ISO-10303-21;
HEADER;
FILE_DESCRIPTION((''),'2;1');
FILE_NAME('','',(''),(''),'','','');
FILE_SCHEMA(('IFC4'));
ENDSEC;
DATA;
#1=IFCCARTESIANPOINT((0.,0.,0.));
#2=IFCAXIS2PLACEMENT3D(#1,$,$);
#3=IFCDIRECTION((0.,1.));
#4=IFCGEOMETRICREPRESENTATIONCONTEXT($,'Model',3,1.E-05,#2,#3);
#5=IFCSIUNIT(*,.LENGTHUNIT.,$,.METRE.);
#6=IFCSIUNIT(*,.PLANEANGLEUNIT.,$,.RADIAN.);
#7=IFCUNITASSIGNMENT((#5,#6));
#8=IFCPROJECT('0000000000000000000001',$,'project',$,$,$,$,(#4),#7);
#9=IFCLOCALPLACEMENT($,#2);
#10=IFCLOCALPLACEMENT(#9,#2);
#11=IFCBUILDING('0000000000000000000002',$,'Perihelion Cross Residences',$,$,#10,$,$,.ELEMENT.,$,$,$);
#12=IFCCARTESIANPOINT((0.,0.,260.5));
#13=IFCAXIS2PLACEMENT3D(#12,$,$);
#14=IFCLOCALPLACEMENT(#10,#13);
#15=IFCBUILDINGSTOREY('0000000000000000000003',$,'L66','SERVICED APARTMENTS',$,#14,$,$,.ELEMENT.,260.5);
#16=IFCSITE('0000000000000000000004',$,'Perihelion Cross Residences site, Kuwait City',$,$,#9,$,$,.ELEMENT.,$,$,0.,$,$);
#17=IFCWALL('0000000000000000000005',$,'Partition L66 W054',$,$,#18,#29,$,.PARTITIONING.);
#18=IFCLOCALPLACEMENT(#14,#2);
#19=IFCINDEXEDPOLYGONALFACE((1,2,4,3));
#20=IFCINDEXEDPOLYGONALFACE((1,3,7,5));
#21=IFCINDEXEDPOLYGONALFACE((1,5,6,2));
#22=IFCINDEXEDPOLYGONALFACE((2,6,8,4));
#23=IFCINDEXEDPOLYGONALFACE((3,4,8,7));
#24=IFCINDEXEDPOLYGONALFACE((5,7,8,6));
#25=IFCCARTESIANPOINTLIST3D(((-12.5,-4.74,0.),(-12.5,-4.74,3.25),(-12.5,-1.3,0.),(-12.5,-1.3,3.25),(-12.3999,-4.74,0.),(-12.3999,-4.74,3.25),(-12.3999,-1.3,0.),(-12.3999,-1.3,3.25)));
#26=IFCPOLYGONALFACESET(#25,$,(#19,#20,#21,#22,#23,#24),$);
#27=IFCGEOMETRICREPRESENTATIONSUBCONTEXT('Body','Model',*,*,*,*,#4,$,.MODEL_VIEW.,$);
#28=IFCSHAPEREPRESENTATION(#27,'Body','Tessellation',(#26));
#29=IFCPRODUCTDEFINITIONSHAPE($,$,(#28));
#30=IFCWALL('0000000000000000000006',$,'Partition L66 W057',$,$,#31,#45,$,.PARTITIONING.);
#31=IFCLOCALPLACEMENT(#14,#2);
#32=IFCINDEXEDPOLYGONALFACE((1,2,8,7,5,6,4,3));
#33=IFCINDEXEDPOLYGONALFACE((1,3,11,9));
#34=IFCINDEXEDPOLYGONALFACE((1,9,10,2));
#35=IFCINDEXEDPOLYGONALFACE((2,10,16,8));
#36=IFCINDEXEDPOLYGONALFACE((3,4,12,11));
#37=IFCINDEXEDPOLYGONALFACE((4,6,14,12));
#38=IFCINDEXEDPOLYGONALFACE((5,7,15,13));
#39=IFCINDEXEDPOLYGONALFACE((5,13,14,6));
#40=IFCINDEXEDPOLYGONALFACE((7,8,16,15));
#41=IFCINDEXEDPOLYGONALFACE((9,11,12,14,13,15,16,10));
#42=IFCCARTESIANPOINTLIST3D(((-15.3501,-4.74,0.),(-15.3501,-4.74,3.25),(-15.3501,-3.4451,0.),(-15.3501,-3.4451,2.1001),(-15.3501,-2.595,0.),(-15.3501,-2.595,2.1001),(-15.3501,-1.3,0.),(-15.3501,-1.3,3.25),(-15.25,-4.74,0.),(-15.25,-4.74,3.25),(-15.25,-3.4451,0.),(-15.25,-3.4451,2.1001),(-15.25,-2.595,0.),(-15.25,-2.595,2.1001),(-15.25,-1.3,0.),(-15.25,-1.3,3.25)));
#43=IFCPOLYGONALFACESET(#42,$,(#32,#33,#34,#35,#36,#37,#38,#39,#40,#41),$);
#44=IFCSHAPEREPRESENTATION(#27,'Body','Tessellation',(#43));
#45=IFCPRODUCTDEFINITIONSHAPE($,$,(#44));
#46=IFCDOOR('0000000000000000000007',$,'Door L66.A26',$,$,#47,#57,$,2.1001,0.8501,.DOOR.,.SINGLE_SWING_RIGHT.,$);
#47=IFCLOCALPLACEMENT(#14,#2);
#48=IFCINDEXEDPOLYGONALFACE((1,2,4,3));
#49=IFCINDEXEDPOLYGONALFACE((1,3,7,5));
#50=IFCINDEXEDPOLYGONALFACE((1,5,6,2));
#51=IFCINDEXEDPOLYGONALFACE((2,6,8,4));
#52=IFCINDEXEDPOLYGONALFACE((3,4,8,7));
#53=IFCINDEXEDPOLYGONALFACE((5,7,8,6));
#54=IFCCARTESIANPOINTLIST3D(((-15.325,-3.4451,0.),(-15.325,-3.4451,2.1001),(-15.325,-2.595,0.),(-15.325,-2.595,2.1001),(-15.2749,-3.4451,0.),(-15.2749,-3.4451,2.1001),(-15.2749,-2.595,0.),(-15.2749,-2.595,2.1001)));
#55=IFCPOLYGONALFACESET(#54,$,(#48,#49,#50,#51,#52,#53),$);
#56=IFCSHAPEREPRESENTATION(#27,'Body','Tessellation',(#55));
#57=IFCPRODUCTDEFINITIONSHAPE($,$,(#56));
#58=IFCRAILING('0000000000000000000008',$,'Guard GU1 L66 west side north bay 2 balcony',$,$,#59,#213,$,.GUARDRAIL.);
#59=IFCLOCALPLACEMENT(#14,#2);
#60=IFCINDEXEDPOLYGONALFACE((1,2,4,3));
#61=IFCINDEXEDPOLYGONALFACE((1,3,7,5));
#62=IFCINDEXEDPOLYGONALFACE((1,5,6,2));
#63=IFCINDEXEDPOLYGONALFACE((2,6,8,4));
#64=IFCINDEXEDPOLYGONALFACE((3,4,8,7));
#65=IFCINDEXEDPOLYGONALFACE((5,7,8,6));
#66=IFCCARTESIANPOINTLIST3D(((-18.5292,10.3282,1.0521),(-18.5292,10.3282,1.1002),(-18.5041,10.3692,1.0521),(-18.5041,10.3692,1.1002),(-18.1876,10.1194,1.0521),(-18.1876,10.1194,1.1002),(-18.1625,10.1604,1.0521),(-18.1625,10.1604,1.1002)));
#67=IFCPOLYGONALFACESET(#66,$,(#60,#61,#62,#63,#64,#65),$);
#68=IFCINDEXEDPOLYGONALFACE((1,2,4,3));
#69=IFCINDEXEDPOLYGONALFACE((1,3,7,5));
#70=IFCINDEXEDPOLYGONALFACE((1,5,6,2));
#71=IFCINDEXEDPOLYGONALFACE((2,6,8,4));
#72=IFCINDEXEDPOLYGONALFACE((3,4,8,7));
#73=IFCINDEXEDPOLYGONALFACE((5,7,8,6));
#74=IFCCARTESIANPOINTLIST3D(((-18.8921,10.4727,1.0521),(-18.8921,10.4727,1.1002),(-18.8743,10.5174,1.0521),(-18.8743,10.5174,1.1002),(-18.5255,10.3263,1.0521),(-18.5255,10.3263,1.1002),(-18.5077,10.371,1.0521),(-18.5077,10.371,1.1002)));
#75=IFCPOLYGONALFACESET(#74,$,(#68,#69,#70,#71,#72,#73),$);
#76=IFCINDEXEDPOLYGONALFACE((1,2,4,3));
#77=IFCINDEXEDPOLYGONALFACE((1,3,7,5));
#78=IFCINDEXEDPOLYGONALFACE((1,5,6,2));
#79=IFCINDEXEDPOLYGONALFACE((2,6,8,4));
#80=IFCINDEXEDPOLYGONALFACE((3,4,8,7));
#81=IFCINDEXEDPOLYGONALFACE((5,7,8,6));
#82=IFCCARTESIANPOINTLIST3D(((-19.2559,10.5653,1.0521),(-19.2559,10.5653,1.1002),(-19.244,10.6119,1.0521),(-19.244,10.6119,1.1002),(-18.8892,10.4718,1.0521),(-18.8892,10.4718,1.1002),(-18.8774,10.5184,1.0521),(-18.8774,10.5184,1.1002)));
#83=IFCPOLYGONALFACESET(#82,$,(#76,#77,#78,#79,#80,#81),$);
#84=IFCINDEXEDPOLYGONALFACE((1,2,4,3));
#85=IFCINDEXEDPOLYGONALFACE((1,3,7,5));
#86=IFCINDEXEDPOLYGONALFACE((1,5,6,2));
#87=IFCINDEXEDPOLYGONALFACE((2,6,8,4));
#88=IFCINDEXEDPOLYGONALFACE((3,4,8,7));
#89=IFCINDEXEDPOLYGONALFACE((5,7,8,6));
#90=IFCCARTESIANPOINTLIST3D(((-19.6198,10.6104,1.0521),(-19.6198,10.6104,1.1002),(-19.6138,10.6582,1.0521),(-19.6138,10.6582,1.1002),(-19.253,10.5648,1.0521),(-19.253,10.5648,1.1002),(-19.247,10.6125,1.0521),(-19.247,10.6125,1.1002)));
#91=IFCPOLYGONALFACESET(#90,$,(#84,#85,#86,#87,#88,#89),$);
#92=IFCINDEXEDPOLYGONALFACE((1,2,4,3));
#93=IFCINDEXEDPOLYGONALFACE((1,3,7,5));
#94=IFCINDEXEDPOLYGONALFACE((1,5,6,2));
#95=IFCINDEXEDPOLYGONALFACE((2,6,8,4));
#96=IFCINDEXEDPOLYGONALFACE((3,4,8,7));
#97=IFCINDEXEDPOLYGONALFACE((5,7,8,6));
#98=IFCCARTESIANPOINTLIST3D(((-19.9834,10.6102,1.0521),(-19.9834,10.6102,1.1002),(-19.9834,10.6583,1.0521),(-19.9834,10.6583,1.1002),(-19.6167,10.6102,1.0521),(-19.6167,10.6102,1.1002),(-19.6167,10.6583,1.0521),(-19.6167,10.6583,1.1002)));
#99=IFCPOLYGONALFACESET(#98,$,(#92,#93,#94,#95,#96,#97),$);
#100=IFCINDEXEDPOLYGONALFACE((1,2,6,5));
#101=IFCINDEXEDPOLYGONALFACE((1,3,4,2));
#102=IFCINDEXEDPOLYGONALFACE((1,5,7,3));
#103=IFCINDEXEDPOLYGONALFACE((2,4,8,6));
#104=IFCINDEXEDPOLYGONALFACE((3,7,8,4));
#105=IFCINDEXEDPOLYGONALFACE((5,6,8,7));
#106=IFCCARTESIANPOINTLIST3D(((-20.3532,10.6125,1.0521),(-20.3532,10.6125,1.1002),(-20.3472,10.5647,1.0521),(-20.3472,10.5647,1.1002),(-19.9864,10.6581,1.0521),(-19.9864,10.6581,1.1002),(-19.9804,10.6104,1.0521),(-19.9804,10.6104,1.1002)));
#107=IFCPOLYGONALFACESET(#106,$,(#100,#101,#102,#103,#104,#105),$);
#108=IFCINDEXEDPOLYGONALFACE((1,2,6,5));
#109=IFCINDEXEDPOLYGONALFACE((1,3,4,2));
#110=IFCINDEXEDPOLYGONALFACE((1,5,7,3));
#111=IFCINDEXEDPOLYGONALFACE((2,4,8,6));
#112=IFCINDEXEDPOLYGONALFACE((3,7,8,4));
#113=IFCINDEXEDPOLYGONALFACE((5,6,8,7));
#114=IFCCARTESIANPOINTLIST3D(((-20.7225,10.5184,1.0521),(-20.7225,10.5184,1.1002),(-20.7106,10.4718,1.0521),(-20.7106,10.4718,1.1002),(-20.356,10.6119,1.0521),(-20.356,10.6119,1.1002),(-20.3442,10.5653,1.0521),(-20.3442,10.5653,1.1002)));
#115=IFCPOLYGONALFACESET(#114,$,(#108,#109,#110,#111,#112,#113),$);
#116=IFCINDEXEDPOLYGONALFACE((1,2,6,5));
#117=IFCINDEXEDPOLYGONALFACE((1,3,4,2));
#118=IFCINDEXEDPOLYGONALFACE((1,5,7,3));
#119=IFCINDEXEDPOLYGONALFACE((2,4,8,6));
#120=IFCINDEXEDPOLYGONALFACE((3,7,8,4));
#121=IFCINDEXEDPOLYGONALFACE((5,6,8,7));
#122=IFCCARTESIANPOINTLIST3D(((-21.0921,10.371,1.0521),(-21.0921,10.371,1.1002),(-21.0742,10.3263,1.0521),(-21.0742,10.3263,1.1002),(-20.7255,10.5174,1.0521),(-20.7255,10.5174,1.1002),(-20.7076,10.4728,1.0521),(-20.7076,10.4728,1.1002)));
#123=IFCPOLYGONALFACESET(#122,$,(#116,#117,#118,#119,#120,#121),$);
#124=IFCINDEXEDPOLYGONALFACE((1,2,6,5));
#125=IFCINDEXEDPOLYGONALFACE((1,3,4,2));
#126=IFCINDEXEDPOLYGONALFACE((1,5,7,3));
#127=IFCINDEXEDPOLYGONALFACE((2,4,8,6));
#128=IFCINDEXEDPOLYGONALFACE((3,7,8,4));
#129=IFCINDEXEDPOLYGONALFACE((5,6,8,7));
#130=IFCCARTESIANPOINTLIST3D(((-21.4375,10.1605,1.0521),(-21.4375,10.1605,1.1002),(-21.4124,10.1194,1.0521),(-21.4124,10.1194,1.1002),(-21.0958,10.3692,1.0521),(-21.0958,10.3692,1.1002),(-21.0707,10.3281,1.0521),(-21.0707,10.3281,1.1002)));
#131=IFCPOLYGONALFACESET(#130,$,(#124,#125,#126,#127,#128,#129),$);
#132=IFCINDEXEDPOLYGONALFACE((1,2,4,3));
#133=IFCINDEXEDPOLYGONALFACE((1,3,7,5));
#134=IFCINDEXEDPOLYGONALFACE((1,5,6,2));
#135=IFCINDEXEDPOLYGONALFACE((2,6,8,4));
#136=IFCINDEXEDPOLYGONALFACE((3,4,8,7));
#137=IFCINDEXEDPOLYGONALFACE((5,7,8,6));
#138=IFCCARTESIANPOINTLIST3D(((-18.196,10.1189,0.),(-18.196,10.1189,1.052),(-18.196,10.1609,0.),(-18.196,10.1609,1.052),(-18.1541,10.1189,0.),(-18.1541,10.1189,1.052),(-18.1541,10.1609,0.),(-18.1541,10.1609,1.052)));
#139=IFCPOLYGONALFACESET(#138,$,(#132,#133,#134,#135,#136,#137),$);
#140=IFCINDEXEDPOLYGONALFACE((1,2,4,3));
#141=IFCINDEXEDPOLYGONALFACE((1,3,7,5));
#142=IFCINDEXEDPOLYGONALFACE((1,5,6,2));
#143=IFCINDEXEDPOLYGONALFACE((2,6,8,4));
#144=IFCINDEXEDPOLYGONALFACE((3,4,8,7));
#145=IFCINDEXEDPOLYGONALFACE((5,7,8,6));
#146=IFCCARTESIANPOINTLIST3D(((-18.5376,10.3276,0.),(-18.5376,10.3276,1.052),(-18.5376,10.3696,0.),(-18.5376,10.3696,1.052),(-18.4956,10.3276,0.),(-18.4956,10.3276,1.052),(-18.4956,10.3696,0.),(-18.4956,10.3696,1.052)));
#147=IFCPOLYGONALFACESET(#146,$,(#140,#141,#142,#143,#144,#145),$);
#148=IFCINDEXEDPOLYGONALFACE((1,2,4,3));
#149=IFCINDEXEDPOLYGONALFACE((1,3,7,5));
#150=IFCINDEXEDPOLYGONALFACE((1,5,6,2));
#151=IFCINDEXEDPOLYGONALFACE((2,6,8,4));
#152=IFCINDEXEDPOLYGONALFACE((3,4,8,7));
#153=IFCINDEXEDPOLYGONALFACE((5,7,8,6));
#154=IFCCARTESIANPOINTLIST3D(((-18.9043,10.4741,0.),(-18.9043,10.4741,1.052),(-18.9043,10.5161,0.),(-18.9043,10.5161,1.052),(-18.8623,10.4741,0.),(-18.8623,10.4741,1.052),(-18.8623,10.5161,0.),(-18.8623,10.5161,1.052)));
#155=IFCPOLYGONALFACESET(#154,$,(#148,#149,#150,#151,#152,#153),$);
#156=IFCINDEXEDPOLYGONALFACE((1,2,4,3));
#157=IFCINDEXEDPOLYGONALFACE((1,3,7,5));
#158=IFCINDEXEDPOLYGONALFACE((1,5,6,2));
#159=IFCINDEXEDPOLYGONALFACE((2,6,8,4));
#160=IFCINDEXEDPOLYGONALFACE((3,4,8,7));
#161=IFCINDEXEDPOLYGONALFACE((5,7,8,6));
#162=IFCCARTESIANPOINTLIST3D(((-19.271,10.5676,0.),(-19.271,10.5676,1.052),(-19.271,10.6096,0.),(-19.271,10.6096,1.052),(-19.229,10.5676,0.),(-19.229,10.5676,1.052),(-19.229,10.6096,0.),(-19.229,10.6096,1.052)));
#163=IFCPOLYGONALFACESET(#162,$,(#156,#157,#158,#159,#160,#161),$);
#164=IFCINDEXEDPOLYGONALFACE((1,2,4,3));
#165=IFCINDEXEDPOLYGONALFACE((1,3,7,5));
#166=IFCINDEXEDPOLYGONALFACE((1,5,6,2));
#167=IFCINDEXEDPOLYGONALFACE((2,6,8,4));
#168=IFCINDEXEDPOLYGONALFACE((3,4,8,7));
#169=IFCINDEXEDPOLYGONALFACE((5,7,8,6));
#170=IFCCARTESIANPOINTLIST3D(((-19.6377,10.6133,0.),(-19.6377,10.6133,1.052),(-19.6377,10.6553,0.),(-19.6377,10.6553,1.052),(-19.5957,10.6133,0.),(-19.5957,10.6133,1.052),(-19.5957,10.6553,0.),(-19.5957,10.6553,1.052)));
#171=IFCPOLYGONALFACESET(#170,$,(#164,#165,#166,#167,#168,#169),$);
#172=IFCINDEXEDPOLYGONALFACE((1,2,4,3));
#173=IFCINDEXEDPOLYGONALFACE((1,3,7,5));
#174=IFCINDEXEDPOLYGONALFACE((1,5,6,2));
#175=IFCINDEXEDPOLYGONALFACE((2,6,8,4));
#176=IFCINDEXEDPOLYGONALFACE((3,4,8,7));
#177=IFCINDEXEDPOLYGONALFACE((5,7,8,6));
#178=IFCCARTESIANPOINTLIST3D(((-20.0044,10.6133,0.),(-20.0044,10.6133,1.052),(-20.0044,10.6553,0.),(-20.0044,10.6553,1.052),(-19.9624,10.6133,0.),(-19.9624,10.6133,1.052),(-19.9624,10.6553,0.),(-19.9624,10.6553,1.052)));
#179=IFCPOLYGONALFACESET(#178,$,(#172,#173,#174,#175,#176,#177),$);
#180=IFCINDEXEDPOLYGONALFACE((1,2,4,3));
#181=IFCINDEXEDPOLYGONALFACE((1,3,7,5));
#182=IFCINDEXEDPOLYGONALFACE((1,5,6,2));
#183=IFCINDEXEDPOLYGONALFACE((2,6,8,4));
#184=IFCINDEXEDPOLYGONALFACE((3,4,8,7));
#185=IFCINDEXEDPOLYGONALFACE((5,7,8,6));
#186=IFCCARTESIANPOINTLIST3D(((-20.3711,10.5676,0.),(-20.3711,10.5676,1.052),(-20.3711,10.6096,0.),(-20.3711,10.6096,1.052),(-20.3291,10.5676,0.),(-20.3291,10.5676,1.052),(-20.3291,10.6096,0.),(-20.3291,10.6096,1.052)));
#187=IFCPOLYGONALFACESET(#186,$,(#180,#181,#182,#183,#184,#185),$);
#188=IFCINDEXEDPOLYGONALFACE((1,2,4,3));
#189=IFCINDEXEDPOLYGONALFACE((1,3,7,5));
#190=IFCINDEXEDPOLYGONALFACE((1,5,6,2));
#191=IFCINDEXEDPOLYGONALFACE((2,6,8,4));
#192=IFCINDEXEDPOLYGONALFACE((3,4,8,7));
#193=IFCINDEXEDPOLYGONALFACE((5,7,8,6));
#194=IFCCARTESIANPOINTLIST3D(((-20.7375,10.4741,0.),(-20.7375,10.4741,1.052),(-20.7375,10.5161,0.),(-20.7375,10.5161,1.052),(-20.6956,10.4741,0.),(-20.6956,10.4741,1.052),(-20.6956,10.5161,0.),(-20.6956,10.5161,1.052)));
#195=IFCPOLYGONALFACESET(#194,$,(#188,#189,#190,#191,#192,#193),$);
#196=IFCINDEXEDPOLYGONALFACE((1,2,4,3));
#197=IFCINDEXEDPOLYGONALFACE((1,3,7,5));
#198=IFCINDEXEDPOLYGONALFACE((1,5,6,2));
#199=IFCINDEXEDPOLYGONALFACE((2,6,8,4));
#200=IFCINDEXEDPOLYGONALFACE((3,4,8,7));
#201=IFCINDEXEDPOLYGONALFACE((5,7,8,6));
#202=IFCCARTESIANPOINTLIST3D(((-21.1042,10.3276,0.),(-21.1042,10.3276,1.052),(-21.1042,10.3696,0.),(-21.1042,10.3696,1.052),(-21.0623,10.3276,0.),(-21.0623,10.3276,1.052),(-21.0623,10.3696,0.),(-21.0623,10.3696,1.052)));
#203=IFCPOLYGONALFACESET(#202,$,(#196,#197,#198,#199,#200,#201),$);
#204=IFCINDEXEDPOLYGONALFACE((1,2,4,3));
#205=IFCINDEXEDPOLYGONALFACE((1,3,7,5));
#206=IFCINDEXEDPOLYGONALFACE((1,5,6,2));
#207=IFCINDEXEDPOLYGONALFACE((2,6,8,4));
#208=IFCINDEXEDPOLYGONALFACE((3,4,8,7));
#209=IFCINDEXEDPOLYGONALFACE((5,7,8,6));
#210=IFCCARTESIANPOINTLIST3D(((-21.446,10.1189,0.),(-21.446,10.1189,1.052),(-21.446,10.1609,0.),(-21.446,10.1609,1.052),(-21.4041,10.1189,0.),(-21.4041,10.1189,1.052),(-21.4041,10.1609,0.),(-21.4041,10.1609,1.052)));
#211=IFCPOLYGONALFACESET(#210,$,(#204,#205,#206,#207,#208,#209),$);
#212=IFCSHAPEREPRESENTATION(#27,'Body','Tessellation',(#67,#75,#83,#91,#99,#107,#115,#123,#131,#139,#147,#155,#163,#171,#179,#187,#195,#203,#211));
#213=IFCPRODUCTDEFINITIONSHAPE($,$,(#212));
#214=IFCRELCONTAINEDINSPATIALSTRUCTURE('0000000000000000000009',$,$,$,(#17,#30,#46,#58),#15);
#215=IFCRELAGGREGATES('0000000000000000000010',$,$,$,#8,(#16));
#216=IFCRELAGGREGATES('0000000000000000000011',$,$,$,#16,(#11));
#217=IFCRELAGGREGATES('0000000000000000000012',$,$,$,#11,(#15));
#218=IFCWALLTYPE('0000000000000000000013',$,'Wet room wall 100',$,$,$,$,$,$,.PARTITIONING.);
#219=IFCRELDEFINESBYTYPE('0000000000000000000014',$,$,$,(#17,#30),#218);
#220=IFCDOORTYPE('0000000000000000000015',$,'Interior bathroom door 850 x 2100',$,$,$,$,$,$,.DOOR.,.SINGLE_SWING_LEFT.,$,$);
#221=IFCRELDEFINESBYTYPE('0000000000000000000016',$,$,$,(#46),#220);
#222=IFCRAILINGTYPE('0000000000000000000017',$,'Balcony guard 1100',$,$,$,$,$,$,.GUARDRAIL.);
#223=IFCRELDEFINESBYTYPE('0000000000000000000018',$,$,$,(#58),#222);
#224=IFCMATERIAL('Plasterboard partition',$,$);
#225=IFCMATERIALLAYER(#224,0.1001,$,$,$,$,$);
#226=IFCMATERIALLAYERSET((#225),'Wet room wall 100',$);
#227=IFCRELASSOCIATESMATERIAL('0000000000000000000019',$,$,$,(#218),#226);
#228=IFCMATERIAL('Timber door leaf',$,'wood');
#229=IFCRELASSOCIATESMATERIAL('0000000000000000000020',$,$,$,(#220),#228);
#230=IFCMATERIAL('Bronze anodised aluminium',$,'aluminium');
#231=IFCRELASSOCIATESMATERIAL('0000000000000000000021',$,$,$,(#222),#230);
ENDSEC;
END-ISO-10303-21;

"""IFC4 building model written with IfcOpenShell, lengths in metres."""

from ifc_helpers import new_model, si_unit, direction, frame, frame_2d, origin, origin_2d, place, context, subcontext, project, spatial, rectangle, extrude, material, layer, layer_set, type_object, element, fill, save


model = new_model("IFC4")

# Units and contexts
model_context = context("Model", 3, precision=1e-05, world=origin(), true_north=direction((0.0, 1.0)))
body_context = subcontext(model_context, "Body", "Model", "MODEL_VIEW")
ifc_project = project(units=[si_unit("LENGTHUNIT", "METRE"), si_unit("PLANEANGLEUNIT", "RADIAN")], contexts=[model_context])

# Site, building, storey
site_placement = place(None, origin())
site = spatial("IfcSite", under=ifc_project, at=site_placement, Name="Perihelion Cross Residences site, Kuwait City", CompositionType="ELEMENT", RefElevation=0.0)
building_placement = place(site_placement, origin())
building = spatial("IfcBuilding", under=site, at=building_placement, Name="Perihelion Cross Residences", CompositionType="ELEMENT")
storey_placement = place(building_placement, frame((0.0, 0.0, 260.5)))
storey = spatial("IfcBuildingStorey", under=building, at=storey_placement, Name="L66", Description="SERVICED APARTMENTS", CompositionType="ELEMENT", Elevation=260.5)

# Shared definitions
ifc_material_1 = material(Name="Plasterboard partition")
ifc_layer_1 = layer(ifc_material_1, 0.1001)
ifc_layer_set_1 = layer_set([ifc_layer_1], Name="Wet room wall 100")
wall_type_1 = type_object("IfcWallType", Name="Wet room wall 100", PredefinedType="PARTITIONING", material=ifc_layer_set_1)

# Shared definitions
ifc_material_2 = material(Name="Timber door leaf", Category="wood")
door_type_1 = type_object("IfcDoorType", Name="Interior bathroom door 850 x 2100", OperationType="SINGLE_SWING_LEFT", PredefinedType="DOOR", material=ifc_material_2)

# Wall
wall_1_placement = place(storey_placement, frame((-12.45, -4.74, 0.0), z_axis=(0.0, 0.0, 1.0), x_axis=(0.0, 1.0, 0.0)))
element("IfcWall", 1, at=wall_1_placement, inside=storey, type_object=wall_type_1, Name="Partition L66 W054", PredefinedType="PARTITIONING", context=body_context, shape_type="SweptSolid", body=[
    extrude(rectangle(XDim=3.4399, YDim=0.1001, at=frame_2d((1.72, 0.0))), origin(), (0.0, 0.0, 1.0), 3.25),
])

# Wall, opening, door
wall_2_placement = place(storey_placement, frame((-15.3, -4.74, 0.0), z_axis=(0.0, 0.0, 1.0), x_axis=(0.0, 1.0, 0.0)))
wall_2 = element("IfcWall", 2, at=wall_2_placement, inside=storey, type_object=wall_type_1, Name="Partition L66 W057", PredefinedType="PARTITIONING", context=body_context, shape_type="SweptSolid", body=[
    extrude(rectangle(XDim=3.4399, YDim=0.1001, at=frame_2d((1.72, 0.0))), origin(), (0.0, 0.0, 1.0), 3.25),
])
opening_1_placement = place(wall_2_placement, frame((1.2949, 0.0, 0.0)))
opening_1 = element("IfcOpeningElement", 3, at=opening_1_placement, cuts=wall_2, PredefinedType="OPENING", context=body_context, shape_type="SweptSolid", body=[
    extrude(rectangle(XDim=0.8501, YDim=2.1001, at=frame_2d((0.425, 1.05))), frame((0.0, 0.0601, 0.0), z_axis=(0.0, -1.0, 0.0), x_axis=(1.0, 0.0, 0.0)), (0.0, 0.0, 1.0), 0.1201),
])
door_1_placement = place(opening_1_placement, origin())
door_1 = element("IfcDoor", 4, at=door_1_placement, inside=storey, type_object=door_type_1, Name="Door L66.A26", OperationType="SINGLE_SWING_RIGHT", OverallHeight=2.1001, OverallWidth=0.8501, PredefinedType="DOOR", context=body_context, shape_type="SweptSolid", body=[
    extrude(rectangle(XDim=0.8501, YDim=2.1001, at=frame_2d((0.425, 1.05))), frame((0.0, 0.0249, 0.0), z_axis=(0.0, -1.0, 0.0), x_axis=(1.0, 0.0, 0.0)), (0.0, 0.0, 1.0), 0.05),
])
fill(opening_1, door_1)

# Railing
ifc_material_3 = material(Name="Bronze anodised aluminium", Category="aluminium")
railing_type = type_object("IfcRailingType", Name="Balcony guard 1100", PredefinedType="GUARDRAIL", material=ifc_material_3)
railing_placement = place(storey_placement, frame((-18.175, 10.1399, 0.0)))
element("IfcRailing", 5, at=railing_placement, inside=storey, type_object=railing_type, Name="Guard GU1 L66 west side north bay 2 balcony", PredefinedType="GUARDRAIL", context=body_context, shape_type="SweptSolid", body=[
    extrude(rectangle(XDim=0.0481, YDim=0.0481, at=origin_2d()), frame((0.0, 0.0, 1.0762), z_axis=(-0.853267, 0.521475, 0.0), x_axis=(-0.521475, -0.853267, 0.0)), (0.0, 0.0, 1.0), 0.4004),
    extrude(rectangle(XDim=0.0481, YDim=0.0481, at=origin_2d()), frame((-0.3416, 0.2087, 1.0762), z_axis=(-0.928647, 0.370964, 0.0), x_axis=(-0.370964, -0.928647, 0.0)), (0.0, 0.0, 1.0), 0.3948),
    extrude(rectangle(XDim=0.0481, YDim=0.0481, at=origin_2d()), frame((-0.7083, 0.3552, 1.0762), z_axis=(-0.968993, 0.247087, 0.0), x_axis=(-0.247087, -0.968993, 0.0)), (0.0, 0.0, 1.0), 0.3784),
    extrude(rectangle(XDim=0.0481, YDim=0.0481, at=origin_2d()), frame((-1.075, 0.4487, 1.0762), z_axis=(-0.992339, 0.123547, 0.0), x_axis=(-0.123547, -0.992339, 0.0)), (0.0, 0.0, 1.0), 0.3696),
    extrude(rectangle(XDim=0.0481, YDim=0.0481, at=origin_2d()), frame((-1.4417, 0.4944, 1.0762), z_axis=(-1.0, 0.0, 0.0), x_axis=(0.0, -1.0, 0.0)), (0.0, 0.0, 1.0), 0.3667),
    extrude(rectangle(XDim=0.0481, YDim=0.0481, at=origin_2d()), frame((-1.8083, 0.4944, 1.0762), z_axis=(-0.992339, -0.123547, 0.0), x_axis=(0.123547, -0.992339, 0.0)), (0.0, 0.0, 1.0), 0.3696),
    extrude(rectangle(XDim=0.0481, YDim=0.0481, at=origin_2d()), frame((-2.175, 0.4487, 1.0762), z_axis=(-0.968954, -0.247241, 0.0), x_axis=(0.247241, -0.968954, 0.0)), (0.0, 0.0, 1.0), 0.3782),
    extrude(rectangle(XDim=0.0481, YDim=0.0481, at=origin_2d()), frame((-2.5415, 0.3552, 1.0762), z_axis=(-0.928647, -0.370964, 0.0), x_axis=(0.370964, -0.928647, 0.0)), (0.0, 0.0, 1.0), 0.3948),
    extrude(rectangle(XDim=0.0481, YDim=0.0481, at=origin_2d()), frame((-2.9082, 0.2087, 1.0762), z_axis=(-0.853432, -0.521203, 0.0), x_axis=(0.521203, -0.853432, 0.0)), (0.0, 0.0, 1.0), 0.4004),
    extrude(rectangle(XDim=0.042, YDim=0.042, at=origin_2d()), origin(), (0.0, 0.0, 1.0), 1.052),
    extrude(rectangle(XDim=0.042, YDim=0.042, at=origin_2d()), frame((-0.3416, 0.2087, 0.0)), (0.0, 0.0, 1.0), 1.052),
    extrude(rectangle(XDim=0.042, YDim=0.042, at=origin_2d()), frame((-0.7083, 0.3552, 0.0)), (0.0, 0.0, 1.0), 1.052),
    extrude(rectangle(XDim=0.042, YDim=0.042, at=origin_2d()), frame((-1.075, 0.4487, 0.0)), (0.0, 0.0, 1.0), 1.052),
    extrude(rectangle(XDim=0.042, YDim=0.042, at=origin_2d()), frame((-1.4417, 0.4944, 0.0)), (0.0, 0.0, 1.0), 1.052),
    extrude(rectangle(XDim=0.042, YDim=0.042, at=origin_2d()), frame((-1.8083, 0.4944, 0.0)), (0.0, 0.0, 1.0), 1.052),
    extrude(rectangle(XDim=0.042, YDim=0.042, at=origin_2d()), frame((-2.175, 0.4487, 0.0)), (0.0, 0.0, 1.0), 1.052),
    extrude(rectangle(XDim=0.042, YDim=0.042, at=origin_2d()), frame((-2.5415, 0.3552, 0.0)), (0.0, 0.0, 1.0), 1.052),
    extrude(rectangle(XDim=0.042, YDim=0.042, at=origin_2d()), frame((-2.9082, 0.2087, 0.0)), (0.0, 0.0, 1.0), 1.052),
    extrude(rectangle(XDim=0.042, YDim=0.042, at=origin_2d()), frame((-3.25, 0.0, 0.0)), (0.0, 0.0, 1.0), 1.052),
])

save(model, "model.ifc")
